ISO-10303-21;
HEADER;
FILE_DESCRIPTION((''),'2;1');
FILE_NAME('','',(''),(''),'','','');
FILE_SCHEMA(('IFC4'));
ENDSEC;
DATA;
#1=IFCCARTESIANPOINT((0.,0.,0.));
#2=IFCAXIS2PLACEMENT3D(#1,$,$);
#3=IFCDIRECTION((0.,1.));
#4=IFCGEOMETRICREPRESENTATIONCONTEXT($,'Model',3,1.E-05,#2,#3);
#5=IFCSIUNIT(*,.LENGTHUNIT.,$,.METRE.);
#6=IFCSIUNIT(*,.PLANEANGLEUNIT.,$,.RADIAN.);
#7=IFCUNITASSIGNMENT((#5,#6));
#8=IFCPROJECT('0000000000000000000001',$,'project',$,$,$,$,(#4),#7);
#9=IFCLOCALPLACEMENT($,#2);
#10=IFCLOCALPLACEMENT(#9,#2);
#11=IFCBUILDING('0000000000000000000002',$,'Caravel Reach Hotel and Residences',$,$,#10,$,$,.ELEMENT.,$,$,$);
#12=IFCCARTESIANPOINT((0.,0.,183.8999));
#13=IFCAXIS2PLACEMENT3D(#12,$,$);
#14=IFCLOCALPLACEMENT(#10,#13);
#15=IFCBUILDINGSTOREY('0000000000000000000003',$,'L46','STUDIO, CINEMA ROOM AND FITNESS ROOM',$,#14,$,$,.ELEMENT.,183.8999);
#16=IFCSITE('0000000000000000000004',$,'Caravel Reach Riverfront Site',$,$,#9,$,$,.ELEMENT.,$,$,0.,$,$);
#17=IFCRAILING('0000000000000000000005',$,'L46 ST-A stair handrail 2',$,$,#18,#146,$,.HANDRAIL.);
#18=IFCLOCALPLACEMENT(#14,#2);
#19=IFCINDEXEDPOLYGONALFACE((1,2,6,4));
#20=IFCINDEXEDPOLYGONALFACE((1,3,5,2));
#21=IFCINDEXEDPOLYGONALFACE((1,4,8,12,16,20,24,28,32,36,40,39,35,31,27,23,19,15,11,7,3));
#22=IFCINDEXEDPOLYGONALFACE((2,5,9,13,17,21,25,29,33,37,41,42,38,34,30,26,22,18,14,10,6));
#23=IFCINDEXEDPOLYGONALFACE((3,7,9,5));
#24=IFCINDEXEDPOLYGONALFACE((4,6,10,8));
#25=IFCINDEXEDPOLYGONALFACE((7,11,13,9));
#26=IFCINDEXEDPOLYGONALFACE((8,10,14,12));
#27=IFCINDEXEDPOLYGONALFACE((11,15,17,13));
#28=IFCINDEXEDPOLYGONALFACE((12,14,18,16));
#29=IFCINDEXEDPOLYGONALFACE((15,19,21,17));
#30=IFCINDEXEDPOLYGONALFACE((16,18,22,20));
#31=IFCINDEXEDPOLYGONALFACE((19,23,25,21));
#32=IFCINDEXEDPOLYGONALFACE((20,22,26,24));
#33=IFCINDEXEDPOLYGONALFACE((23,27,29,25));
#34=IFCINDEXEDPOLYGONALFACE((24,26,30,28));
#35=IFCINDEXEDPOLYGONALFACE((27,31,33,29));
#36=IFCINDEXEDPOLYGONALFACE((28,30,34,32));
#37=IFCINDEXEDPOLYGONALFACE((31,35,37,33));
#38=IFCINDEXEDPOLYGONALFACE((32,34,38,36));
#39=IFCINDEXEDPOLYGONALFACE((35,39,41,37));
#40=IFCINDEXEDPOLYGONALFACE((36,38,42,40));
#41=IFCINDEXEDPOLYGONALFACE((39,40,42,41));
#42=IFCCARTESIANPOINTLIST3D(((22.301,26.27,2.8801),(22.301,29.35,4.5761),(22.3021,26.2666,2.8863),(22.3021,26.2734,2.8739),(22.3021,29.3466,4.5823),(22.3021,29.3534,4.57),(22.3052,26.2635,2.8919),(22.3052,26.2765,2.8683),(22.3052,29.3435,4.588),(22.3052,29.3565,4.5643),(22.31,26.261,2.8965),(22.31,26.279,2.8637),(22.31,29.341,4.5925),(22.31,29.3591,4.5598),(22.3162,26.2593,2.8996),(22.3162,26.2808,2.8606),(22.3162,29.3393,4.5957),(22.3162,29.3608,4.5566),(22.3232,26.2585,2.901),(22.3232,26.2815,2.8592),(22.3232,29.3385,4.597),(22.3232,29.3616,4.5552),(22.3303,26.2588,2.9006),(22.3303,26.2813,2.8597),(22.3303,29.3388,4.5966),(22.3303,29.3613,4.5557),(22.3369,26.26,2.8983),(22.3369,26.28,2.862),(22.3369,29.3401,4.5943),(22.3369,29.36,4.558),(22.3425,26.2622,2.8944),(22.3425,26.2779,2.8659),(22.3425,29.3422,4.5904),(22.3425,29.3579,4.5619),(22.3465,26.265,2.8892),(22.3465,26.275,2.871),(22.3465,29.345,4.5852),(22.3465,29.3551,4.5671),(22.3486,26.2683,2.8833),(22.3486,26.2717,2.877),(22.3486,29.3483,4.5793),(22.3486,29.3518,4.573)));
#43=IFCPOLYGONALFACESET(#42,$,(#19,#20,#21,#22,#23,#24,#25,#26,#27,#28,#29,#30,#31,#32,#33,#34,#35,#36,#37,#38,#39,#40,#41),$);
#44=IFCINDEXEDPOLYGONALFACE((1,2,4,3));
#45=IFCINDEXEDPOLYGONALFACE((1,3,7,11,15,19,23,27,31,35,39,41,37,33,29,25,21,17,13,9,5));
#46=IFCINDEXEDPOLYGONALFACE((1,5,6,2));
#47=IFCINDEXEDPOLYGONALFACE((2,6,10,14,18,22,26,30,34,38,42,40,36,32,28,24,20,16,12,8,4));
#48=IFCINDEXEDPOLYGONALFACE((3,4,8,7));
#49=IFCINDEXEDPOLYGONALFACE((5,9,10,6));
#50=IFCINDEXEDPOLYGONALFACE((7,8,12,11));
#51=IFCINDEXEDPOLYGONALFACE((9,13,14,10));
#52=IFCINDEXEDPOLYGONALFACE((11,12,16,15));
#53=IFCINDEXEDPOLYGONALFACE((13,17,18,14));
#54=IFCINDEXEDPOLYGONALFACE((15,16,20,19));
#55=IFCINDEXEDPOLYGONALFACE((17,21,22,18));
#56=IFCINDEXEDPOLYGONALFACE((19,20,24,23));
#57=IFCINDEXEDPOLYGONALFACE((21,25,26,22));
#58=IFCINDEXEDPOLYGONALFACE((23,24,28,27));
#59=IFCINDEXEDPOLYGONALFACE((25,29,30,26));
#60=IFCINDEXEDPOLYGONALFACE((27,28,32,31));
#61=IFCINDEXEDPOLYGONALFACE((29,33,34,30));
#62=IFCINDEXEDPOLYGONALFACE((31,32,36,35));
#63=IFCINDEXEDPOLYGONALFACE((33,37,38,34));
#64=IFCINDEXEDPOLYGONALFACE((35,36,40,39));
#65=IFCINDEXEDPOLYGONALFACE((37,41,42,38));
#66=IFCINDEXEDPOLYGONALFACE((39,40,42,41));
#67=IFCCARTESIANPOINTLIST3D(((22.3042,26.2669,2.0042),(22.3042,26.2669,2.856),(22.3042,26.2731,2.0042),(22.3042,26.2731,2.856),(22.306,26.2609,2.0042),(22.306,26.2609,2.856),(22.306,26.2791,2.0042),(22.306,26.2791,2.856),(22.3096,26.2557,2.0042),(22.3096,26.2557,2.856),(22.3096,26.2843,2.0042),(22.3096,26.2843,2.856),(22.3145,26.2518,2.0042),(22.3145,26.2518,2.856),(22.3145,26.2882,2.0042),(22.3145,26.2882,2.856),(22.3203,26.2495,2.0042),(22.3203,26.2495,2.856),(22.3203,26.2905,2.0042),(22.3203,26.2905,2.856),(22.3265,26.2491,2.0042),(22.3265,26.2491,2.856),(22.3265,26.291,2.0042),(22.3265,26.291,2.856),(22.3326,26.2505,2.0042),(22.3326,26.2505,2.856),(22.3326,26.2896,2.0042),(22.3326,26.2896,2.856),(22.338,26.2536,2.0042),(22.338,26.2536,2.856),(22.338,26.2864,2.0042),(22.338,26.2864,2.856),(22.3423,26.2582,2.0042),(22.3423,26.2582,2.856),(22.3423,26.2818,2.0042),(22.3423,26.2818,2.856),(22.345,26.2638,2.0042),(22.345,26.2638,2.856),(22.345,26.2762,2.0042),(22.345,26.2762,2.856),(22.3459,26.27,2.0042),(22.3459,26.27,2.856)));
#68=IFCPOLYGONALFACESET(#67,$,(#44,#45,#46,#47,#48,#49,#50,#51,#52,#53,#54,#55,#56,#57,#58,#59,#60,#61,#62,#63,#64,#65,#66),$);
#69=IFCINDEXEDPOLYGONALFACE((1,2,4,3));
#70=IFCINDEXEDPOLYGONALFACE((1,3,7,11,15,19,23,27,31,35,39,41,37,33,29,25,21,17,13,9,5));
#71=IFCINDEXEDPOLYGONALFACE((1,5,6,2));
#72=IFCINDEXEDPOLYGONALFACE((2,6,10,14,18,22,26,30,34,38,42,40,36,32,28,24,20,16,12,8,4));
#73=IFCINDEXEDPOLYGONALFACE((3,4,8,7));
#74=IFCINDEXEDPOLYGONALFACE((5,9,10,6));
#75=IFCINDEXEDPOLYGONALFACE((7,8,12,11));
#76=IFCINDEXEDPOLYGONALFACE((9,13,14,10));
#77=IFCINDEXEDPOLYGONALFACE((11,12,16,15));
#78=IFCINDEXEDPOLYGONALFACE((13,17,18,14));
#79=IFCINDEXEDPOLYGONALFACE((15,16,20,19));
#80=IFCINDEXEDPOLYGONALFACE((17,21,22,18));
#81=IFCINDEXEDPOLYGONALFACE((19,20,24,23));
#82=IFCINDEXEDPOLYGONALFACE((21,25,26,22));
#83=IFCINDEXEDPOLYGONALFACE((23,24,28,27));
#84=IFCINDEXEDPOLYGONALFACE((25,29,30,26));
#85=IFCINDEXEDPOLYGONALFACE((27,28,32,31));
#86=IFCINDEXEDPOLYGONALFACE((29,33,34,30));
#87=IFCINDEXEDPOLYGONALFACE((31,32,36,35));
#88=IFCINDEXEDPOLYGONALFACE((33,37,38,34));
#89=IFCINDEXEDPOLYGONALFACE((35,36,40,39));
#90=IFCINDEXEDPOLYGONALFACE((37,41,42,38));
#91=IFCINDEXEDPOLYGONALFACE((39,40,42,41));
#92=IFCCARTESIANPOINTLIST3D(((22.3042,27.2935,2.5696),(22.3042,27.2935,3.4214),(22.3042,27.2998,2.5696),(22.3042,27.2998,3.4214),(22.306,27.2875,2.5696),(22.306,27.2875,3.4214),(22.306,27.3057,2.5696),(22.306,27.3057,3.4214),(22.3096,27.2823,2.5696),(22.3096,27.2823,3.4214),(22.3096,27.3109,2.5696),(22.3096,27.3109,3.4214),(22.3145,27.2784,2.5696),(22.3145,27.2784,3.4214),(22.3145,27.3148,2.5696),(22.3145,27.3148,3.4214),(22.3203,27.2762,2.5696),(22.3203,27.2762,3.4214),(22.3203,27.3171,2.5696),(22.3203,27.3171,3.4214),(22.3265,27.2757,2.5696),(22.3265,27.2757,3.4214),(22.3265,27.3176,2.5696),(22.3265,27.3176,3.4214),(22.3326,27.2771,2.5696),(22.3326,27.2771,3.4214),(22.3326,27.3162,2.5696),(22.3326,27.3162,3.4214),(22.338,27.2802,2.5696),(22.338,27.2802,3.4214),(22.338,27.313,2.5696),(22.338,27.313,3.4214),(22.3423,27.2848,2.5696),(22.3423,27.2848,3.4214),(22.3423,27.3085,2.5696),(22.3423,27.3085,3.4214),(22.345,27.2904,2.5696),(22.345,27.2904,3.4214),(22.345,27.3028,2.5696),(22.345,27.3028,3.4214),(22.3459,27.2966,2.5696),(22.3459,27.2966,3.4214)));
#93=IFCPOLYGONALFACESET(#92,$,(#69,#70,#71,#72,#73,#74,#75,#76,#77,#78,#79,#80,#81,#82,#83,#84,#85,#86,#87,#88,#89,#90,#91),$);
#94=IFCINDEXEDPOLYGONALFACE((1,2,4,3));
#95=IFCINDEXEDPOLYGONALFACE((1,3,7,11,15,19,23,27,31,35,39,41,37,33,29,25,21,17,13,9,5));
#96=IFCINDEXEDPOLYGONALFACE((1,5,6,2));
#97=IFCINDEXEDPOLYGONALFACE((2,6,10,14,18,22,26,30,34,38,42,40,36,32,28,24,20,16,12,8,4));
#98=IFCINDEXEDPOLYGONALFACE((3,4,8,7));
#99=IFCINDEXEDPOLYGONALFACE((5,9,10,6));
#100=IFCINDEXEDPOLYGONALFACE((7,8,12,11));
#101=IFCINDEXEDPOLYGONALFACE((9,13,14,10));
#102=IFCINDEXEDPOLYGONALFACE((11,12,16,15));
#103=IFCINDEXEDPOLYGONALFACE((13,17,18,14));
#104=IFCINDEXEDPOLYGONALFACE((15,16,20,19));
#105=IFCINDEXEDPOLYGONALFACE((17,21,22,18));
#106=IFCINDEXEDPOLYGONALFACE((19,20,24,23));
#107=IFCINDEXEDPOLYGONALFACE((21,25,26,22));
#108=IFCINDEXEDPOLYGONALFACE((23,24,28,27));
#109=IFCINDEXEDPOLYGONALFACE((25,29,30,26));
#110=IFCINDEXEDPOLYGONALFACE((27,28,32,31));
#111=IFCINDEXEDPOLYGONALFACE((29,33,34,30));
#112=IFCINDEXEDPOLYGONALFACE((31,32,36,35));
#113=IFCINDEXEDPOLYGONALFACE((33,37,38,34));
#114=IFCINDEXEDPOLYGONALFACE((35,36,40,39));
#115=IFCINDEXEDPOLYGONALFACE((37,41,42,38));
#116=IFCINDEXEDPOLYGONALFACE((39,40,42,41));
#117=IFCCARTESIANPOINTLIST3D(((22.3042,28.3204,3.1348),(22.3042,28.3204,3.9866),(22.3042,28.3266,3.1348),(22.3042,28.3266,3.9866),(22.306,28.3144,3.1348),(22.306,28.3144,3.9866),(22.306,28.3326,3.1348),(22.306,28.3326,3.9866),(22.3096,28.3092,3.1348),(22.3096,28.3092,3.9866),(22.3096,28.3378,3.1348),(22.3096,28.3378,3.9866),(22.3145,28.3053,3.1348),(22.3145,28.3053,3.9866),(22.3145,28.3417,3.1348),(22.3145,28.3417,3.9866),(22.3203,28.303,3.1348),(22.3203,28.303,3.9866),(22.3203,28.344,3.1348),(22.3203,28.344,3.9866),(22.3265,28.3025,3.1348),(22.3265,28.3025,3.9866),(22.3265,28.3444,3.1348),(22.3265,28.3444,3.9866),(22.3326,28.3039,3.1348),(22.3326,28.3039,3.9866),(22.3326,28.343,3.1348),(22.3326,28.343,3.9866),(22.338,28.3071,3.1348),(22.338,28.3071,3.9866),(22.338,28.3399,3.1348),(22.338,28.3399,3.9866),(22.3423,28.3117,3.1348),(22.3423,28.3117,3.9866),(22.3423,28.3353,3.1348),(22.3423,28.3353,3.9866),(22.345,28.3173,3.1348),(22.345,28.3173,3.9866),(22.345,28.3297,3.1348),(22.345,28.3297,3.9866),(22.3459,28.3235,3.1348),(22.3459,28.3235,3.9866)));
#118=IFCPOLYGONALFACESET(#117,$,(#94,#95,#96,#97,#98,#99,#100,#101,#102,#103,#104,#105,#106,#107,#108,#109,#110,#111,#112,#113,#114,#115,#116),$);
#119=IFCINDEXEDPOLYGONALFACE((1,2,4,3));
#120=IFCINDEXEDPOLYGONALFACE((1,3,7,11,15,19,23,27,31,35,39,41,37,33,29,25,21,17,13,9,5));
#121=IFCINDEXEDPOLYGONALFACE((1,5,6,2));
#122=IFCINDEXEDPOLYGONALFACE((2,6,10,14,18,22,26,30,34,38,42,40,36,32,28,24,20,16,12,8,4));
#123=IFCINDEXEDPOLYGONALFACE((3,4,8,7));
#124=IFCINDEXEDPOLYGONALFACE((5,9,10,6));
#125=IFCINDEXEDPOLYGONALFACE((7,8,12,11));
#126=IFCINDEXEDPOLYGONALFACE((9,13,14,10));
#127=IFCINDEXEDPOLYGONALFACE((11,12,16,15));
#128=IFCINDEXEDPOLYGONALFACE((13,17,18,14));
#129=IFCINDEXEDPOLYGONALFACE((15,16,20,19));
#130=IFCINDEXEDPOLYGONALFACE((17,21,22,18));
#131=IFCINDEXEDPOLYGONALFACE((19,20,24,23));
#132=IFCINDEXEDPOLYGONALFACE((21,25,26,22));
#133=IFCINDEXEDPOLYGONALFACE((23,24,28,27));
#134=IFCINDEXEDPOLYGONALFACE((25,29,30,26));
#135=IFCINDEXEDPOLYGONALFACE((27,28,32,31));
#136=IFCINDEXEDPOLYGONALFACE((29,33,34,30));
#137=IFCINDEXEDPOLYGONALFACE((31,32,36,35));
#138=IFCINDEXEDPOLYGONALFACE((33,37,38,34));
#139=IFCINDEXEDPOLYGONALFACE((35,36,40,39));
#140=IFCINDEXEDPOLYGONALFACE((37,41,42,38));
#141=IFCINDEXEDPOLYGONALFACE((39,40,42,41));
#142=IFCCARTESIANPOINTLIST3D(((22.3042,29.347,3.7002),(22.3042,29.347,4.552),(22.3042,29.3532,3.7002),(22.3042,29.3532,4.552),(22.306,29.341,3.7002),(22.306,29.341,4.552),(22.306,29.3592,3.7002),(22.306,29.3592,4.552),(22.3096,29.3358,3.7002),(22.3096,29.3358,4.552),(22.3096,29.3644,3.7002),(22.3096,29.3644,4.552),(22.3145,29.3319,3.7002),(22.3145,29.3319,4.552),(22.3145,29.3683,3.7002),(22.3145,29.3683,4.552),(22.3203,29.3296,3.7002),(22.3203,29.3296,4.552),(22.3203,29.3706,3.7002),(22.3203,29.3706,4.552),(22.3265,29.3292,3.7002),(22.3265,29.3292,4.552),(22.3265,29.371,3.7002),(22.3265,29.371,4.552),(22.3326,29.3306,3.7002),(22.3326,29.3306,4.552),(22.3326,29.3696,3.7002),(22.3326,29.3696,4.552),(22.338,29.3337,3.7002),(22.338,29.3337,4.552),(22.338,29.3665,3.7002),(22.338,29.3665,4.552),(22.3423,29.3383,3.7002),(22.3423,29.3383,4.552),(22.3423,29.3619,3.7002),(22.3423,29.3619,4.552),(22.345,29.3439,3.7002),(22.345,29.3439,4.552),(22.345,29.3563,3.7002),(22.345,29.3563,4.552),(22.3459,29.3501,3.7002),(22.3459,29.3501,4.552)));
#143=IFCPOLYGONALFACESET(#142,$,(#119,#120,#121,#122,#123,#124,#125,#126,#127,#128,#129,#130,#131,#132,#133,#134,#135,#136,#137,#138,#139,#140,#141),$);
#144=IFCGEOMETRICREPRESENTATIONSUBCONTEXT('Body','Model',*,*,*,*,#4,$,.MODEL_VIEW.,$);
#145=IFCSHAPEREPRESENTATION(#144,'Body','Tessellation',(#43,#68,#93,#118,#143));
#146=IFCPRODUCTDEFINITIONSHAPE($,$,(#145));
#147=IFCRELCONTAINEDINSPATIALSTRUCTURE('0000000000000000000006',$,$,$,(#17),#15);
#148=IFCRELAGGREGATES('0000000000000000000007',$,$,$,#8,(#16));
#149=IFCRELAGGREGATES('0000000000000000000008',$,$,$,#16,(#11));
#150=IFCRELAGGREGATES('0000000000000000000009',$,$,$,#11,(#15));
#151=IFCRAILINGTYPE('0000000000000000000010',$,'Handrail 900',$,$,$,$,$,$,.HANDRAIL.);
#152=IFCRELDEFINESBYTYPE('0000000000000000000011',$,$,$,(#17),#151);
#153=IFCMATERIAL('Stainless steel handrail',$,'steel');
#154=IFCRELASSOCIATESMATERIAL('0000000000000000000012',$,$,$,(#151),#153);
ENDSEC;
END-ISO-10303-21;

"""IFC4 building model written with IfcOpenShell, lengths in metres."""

from ifc_helpers import new_model, si_unit, direction, frame, origin, origin_2d, place, context, subcontext, project, spatial, circle, extrude, material, type_object, element, save


model = new_model("IFC4")

# Units and contexts
model_context = context("Model", 3, precision=1e-05, world=origin(), true_north=direction((0.0, 1.0)))
body_context = subcontext(model_context, "Body", "Model", "MODEL_VIEW")
ifc_project = project(units=[si_unit("LENGTHUNIT", "METRE"), si_unit("PLANEANGLEUNIT", "RADIAN")], contexts=[model_context])

# Site, building, storey
site_placement = place(None, origin())
site = spatial("IfcSite", under=ifc_project, at=site_placement, Name="Caravel Reach Riverfront Site", CompositionType="ELEMENT", RefElevation=0.0)
building_placement = place(site_placement, origin())
building = spatial("IfcBuilding", under=site, at=building_placement, Name="Caravel Reach Hotel and Residences", CompositionType="ELEMENT")
storey_placement = place(building_placement, frame((0.0, 0.0, 183.8999)))
storey = spatial("IfcBuildingStorey", under=building, at=storey_placement, Name="L46", Description="STUDIO, CINEMA ROOM AND FITNESS ROOM", CompositionType="ELEMENT", Elevation=183.8999)

# Railing
ifc_material_1 = material(Name="Stainless steel handrail", Category="steel")
railing_type_1 = type_object("IfcRailingType", Name="Handrail 900", PredefinedType="HANDRAIL", material=ifc_material_1)
railing_1_placement = place(storey_placement, frame((22.325, 26.27, 2.0042)))
element("IfcRailing", 1, at=railing_1_placement, inside=storey, type_object=railing_type_1, Name="L46 ST-A stair handrail 2", PredefinedType="HANDRAIL", context=body_context, shape_type="SweptSolid", body=[
    extrude(circle(Radius=0.0239, at=origin_2d()), frame((0.0, 0.0, 0.876), z_axis=(0.0, 0.875975, 0.482356), x_axis=(-1.0, 0.0, 0.0)), (0.0, 0.0, 1.0), 3.5161),
    extrude(circle(Radius=0.021, at=origin_2d()), origin(), (0.0, 0.0, 1.0), 0.8518),
    extrude(circle(Radius=0.021, at=origin_2d()), frame((0.0, 1.0266, 0.5654)), (0.0, 0.0, 1.0), 0.8518),
    extrude(circle(Radius=0.021, at=origin_2d()), frame((0.0, 2.0535, 1.1306)), (0.0, 0.0, 1.0), 0.8518),
    extrude(circle(Radius=0.021, at=origin_2d()), frame((0.0, 3.0801, 1.696)), (0.0, 0.0, 1.0), 0.8518),
])

save(model, "model.ifc")
